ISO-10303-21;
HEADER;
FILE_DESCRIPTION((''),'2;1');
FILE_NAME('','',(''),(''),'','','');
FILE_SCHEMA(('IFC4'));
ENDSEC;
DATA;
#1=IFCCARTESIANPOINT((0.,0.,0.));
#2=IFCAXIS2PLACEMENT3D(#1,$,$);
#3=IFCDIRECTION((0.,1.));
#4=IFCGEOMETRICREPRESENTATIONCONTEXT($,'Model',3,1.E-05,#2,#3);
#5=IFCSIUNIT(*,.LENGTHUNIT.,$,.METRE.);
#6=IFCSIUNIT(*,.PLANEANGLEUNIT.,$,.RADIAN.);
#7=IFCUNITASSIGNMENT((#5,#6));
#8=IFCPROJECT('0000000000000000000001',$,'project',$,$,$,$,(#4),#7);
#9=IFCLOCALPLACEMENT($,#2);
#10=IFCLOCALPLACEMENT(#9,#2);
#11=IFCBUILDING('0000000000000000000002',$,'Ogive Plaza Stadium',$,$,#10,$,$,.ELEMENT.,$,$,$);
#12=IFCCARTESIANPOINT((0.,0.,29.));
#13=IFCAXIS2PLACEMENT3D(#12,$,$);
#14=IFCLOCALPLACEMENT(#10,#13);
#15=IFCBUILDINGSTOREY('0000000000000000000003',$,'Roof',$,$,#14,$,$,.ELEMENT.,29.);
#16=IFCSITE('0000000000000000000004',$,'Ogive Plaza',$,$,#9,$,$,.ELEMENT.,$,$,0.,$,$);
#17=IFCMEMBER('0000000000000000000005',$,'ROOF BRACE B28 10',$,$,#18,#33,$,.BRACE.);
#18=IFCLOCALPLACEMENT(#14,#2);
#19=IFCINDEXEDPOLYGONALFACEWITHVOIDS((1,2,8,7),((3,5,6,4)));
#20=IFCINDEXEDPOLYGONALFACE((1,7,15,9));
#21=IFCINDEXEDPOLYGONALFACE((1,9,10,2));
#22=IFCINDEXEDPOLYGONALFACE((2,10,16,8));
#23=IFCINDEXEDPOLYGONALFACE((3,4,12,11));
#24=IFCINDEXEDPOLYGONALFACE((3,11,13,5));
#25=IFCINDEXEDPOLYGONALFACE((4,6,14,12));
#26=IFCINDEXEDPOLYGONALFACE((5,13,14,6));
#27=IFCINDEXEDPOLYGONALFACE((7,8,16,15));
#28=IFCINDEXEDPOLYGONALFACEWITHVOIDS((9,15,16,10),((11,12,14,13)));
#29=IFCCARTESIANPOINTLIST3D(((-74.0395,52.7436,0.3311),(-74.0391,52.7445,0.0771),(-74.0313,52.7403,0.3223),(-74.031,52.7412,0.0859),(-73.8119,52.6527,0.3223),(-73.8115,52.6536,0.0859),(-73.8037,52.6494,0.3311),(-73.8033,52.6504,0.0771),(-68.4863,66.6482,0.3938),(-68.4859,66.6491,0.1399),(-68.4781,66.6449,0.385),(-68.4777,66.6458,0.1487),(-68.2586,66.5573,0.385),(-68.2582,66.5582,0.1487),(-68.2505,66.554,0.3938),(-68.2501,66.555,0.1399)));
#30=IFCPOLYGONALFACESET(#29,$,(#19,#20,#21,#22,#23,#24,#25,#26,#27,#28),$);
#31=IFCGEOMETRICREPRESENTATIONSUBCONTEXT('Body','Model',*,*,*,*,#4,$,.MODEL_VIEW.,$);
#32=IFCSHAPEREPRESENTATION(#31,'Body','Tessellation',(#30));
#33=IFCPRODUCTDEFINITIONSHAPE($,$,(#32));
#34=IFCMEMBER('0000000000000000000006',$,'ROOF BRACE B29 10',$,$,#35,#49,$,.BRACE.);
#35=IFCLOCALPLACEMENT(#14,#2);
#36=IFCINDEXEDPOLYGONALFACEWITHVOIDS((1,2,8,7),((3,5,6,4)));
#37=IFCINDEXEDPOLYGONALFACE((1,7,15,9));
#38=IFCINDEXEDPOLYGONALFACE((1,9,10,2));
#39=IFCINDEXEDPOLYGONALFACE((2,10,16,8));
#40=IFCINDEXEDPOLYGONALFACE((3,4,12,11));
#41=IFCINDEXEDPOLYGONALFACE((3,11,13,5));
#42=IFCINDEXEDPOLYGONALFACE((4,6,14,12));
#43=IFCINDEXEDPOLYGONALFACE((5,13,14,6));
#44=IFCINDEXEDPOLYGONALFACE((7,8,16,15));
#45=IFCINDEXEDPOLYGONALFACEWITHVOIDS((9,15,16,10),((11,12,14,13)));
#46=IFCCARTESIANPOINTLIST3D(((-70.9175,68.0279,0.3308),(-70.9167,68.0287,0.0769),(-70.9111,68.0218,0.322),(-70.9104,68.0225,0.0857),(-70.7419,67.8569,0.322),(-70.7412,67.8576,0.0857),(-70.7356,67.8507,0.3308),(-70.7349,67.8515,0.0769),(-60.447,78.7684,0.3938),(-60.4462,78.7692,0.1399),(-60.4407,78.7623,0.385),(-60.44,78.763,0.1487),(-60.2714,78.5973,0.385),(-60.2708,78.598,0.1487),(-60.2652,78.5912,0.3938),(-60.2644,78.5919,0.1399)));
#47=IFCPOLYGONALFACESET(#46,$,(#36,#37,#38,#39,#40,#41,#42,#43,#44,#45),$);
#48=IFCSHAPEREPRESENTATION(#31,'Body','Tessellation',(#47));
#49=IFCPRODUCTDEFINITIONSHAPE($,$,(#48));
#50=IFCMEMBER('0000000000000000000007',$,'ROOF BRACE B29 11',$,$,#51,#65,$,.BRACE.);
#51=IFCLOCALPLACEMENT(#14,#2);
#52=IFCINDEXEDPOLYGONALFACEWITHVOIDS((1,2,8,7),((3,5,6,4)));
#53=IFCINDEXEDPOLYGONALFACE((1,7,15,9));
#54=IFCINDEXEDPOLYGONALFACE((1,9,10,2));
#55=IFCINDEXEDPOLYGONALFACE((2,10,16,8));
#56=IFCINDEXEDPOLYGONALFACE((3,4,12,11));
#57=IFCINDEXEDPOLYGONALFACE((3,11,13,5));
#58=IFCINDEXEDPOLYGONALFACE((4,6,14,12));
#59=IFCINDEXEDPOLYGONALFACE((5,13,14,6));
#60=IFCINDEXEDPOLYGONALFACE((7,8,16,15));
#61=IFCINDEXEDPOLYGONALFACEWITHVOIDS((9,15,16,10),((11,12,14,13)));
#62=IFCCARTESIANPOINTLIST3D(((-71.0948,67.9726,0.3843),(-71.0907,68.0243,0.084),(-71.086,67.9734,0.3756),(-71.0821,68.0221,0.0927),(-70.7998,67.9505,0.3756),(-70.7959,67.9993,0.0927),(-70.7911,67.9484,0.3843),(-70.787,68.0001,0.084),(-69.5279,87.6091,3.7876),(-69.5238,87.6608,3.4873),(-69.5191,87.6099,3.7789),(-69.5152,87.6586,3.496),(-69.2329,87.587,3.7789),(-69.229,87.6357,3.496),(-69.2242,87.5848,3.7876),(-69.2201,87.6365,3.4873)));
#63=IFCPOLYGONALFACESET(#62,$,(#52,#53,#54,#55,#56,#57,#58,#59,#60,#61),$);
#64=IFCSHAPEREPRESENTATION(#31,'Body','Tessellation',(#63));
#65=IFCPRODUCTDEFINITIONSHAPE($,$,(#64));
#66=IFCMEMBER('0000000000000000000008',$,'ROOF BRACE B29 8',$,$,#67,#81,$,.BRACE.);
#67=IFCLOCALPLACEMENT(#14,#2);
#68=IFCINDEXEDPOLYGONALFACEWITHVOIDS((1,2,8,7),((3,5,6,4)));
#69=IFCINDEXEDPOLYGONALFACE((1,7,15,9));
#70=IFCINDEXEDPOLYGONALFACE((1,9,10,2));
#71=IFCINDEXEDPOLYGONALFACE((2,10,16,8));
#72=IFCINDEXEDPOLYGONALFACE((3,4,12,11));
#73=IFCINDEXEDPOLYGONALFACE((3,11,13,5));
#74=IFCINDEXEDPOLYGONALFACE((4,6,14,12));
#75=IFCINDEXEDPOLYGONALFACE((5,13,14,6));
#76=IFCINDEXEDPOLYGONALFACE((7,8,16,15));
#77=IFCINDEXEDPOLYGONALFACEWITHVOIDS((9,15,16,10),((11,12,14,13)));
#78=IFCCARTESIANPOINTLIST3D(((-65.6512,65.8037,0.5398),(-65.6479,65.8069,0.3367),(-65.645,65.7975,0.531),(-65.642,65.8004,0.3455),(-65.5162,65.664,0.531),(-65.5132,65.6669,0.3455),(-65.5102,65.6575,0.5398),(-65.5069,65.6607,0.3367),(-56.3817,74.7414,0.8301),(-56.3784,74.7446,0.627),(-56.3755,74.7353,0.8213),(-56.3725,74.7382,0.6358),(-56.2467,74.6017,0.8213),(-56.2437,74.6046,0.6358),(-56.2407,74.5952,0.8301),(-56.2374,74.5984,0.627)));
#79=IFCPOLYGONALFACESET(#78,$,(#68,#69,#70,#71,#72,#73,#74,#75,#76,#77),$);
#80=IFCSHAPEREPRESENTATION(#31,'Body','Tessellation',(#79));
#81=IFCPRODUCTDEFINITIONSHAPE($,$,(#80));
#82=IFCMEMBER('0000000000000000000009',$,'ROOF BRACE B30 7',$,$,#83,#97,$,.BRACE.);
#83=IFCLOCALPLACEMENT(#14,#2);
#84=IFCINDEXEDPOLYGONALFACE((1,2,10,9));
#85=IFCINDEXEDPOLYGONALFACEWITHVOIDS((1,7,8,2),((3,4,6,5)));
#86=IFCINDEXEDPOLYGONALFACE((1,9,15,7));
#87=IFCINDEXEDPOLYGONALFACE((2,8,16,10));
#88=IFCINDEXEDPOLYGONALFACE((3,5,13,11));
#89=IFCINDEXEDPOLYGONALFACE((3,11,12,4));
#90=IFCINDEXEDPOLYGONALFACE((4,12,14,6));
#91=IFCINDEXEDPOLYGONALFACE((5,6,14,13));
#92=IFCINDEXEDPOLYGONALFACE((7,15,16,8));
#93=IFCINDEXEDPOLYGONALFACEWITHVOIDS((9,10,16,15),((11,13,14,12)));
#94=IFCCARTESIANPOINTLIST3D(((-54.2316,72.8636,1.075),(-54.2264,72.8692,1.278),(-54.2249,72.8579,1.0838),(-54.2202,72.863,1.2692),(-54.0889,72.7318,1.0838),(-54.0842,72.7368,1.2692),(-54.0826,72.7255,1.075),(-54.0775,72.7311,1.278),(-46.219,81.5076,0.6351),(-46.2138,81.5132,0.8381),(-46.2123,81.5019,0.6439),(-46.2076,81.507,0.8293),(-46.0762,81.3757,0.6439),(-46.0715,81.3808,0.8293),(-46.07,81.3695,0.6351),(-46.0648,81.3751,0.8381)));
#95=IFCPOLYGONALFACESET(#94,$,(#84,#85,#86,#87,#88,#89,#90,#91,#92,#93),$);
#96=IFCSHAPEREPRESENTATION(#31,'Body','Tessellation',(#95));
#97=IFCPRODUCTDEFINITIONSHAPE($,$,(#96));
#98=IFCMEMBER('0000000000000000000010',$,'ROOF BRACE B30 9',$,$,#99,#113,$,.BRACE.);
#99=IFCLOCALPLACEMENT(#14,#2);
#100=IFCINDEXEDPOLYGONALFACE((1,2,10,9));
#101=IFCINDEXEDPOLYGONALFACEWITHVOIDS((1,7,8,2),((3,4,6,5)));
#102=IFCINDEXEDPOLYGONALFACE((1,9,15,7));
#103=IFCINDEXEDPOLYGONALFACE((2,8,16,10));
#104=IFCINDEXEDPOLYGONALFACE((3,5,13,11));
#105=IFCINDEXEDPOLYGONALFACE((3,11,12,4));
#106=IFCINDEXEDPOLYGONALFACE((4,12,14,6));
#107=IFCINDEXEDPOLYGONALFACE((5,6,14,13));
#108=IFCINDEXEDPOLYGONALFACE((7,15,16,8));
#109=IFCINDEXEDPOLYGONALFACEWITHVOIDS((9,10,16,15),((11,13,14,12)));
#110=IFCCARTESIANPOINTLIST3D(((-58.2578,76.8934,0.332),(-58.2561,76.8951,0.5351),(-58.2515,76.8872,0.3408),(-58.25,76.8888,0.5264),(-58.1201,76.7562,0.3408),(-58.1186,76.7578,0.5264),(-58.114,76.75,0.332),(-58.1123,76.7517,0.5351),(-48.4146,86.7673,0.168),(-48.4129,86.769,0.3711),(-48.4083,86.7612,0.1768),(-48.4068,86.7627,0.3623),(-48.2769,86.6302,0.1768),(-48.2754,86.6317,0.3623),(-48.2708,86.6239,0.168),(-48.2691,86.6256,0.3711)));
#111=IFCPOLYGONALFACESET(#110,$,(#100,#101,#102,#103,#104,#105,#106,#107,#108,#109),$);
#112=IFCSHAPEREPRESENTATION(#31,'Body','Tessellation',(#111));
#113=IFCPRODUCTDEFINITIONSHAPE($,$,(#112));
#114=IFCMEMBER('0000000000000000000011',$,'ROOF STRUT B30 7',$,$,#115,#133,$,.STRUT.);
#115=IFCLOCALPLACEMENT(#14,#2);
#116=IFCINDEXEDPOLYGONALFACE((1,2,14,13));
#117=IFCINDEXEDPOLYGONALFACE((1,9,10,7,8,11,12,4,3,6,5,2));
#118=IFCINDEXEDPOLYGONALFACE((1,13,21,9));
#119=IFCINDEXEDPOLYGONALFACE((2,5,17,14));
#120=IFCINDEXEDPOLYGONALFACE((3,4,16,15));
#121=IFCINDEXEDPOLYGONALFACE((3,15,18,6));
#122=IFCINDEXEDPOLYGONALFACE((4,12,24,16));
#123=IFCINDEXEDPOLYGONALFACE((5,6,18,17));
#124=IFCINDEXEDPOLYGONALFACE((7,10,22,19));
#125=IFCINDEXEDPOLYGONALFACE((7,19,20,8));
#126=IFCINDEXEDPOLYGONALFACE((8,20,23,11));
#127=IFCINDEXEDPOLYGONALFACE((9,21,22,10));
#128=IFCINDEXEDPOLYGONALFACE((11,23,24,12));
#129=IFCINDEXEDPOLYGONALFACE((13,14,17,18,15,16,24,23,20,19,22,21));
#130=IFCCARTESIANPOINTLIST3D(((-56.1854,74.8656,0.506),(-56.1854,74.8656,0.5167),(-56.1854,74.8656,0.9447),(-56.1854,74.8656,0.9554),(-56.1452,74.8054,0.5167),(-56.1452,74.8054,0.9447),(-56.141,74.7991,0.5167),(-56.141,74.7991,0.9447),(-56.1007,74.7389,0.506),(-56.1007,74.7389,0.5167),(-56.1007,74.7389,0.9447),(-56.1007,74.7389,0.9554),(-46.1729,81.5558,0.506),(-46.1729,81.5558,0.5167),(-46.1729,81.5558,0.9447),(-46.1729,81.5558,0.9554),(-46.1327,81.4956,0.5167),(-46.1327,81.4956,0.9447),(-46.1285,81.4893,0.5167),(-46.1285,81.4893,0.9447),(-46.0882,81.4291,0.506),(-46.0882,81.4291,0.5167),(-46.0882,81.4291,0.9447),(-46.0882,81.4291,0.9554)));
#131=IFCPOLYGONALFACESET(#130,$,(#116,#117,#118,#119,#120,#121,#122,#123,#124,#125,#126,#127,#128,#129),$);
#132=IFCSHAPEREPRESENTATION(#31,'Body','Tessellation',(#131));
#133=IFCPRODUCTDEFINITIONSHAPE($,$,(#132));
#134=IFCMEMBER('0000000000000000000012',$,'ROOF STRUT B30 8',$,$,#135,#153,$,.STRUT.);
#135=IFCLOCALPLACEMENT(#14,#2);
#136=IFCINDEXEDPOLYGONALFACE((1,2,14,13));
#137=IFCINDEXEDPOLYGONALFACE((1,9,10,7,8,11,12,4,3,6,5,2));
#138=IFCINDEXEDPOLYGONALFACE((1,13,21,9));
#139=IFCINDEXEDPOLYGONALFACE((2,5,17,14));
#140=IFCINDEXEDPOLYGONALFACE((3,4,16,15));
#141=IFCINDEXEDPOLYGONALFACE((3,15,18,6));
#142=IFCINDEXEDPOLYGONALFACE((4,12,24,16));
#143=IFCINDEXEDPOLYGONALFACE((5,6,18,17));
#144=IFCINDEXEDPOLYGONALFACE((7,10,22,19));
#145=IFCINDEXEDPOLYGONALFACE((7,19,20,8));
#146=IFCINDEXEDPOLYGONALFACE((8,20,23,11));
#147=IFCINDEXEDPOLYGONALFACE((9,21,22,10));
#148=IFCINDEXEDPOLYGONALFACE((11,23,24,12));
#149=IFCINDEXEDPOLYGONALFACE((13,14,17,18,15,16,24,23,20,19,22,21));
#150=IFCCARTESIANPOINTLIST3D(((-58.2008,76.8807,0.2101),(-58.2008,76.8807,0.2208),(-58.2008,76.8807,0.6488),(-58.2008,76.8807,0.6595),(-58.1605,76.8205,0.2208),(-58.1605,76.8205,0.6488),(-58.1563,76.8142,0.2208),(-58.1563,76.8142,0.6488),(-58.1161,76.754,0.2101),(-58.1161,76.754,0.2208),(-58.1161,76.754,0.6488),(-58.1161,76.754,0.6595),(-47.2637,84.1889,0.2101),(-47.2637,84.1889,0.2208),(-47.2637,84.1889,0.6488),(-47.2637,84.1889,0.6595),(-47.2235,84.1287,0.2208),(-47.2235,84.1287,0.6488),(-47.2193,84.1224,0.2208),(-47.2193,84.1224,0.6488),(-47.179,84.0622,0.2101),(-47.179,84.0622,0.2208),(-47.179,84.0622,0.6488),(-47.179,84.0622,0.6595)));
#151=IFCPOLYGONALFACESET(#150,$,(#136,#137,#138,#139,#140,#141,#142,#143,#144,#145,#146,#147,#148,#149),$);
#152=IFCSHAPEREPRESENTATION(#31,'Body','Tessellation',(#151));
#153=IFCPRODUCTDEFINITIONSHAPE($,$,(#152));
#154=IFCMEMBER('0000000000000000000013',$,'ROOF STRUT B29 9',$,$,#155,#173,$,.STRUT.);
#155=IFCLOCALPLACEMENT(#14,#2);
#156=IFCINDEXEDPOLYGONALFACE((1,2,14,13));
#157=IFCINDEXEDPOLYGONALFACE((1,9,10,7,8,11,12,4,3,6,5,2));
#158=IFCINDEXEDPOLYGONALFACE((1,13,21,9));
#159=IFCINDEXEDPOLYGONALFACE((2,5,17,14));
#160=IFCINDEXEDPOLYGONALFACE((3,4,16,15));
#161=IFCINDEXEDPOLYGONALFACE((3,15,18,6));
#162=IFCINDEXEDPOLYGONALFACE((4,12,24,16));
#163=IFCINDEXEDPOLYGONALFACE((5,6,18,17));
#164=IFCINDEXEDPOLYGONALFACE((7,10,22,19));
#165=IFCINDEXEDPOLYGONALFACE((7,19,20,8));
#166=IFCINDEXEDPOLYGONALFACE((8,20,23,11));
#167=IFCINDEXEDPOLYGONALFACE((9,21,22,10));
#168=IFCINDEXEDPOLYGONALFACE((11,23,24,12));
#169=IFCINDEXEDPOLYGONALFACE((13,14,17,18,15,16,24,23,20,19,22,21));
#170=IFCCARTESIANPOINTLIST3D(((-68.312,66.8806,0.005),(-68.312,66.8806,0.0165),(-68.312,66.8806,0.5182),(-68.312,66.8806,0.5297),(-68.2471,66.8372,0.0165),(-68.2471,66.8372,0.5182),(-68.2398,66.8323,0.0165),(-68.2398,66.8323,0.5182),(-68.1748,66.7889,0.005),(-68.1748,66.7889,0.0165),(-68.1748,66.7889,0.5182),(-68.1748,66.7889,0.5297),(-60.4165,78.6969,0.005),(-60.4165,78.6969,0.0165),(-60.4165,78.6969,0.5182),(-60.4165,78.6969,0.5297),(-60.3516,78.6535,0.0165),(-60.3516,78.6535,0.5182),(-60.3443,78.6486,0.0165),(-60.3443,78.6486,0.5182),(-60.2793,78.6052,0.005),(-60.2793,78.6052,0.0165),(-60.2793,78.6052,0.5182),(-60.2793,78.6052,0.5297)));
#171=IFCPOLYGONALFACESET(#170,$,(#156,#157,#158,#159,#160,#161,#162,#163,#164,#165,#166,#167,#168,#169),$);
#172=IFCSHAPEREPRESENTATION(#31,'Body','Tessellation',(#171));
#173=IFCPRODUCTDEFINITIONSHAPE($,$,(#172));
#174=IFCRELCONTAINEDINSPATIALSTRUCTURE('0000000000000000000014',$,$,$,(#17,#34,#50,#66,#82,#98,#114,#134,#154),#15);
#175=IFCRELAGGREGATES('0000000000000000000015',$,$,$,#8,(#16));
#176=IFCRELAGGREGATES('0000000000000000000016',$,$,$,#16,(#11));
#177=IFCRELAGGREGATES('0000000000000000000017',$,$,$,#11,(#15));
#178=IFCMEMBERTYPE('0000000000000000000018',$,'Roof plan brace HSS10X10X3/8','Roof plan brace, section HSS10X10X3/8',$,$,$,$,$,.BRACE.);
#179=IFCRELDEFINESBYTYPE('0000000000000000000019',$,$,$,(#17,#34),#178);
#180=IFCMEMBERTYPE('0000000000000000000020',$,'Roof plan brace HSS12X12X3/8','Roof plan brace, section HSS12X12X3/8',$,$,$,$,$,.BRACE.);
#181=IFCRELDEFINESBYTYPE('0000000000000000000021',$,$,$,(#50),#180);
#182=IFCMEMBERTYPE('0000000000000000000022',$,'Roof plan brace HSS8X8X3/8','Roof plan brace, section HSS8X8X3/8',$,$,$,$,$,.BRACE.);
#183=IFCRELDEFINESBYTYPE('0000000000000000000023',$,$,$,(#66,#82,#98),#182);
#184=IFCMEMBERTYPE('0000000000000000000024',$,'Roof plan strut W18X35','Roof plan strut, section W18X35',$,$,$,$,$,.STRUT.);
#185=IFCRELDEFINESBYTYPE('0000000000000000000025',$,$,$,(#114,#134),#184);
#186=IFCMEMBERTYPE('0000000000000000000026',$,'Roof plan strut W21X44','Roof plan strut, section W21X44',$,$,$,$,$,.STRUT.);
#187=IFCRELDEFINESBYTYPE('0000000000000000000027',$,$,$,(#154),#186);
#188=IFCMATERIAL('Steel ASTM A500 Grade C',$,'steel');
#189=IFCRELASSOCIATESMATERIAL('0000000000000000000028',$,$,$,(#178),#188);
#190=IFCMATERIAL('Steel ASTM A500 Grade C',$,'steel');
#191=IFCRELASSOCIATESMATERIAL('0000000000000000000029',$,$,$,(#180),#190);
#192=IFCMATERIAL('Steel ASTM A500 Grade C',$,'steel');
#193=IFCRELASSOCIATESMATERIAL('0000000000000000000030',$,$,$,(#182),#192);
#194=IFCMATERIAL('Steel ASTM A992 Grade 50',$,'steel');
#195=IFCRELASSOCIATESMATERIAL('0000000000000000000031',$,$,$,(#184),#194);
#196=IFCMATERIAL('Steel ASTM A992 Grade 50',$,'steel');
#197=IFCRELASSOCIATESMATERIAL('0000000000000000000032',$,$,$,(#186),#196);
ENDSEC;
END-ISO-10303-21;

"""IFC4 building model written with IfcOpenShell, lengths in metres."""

from ifc_helpers import new_model, si_unit, direction, frame, origin, origin_2d, place, context, subcontext, project, spatial, hollow_rectangle, i_section, extrude, material, material_profile, profile_set, type_object, element, save


model = new_model("IFC4")

# Units and contexts
model_context = context("Model", 3, precision=1e-05, world=origin(), true_north=direction((0.0, 1.0)))
body_context = subcontext(model_context, "Body", "Model", "MODEL_VIEW")
ifc_project = project(units=[si_unit("LENGTHUNIT", "METRE"), si_unit("PLANEANGLEUNIT", "RADIAN")], contexts=[model_context])

# Site, building, storey
site_placement = place(None, origin())
site = spatial("IfcSite", under=ifc_project, at=site_placement, Name="Ogive Plaza", CompositionType="ELEMENT", RefElevation=0.0)
building_placement = place(site_placement, origin())
building = spatial("IfcBuilding", under=site, at=building_placement, Name="Ogive Plaza Stadium", CompositionType="ELEMENT")
storey_placement = place(building_placement, frame((0.0, 0.0, 29.0)))
storey = spatial("IfcBuildingStorey", under=building, at=storey_placement, Name="Roof", CompositionType="ELEMENT", Elevation=29.0)

# Members
ifc_material_1 = material(Name="Steel ASTM A500 Grade C", Category="steel")
ifc_material_profile_1 = material_profile(ifc_material_1, hollow_rectangle(XDim=0.2539, YDim=0.2539, WallThickness=0.0088, at=origin_2d()), Name="HSS10X10X3/8")
ifc_profile_set_1 = profile_set([ifc_material_profile_1], Name="Steel ASTM A500 Grade C")
member_type_1 = type_object("IfcMemberType", Name="Roof plan brace HSS10X10X3/8", Description="Roof plan brace, section HSS10X10X3/8", PredefinedType="BRACE", material=ifc_profile_set_1)
member_1_placement = place(storey_placement, frame((-68.3682, 66.6016, 0.2668), z_axis=(-0.370893, -0.928666, -0.004191), x_axis=(0.928674, -0.370896, 0.0)))
element("IfcMember", 1, at=member_1_placement, inside=storey, type_object=member_type_1, Name="ROOF BRACE B28 10", PredefinedType="BRACE", context=body_context, shape_type="SweptSolid", body=[
    extrude(hollow_rectangle(XDim=0.2539, YDim=0.2539, WallThickness=0.0088, at=origin_2d()), origin(), (0.0, 0.0, 1.0), 14.9727),
])
member_2_placement = place(storey_placement, frame((-60.3557, 78.6802, 0.2668), z_axis=(-0.698042, -0.716044, -0.004199), x_axis=(0.71605, -0.698049, 0.0)))
element("IfcMember", 2, at=member_2_placement, inside=storey, type_object=member_type_1, Name="ROOF BRACE B29 10", PredefinedType="BRACE", context=body_context, shape_type="SweptSolid", body=[
    extrude(hollow_rectangle(XDim=0.2539, YDim=0.2539, WallThickness=0.0088, at=origin_2d()), origin(), (0.0, 0.0, 1.0), 14.9998),
])
ifc_material_2 = material(Name="Steel ASTM A500 Grade C", Category="steel")
ifc_material_profile_2 = material_profile(ifc_material_2, hollow_rectangle(XDim=0.3047, YDim=0.3047, WallThickness=0.0088, at=origin_2d()), Name="HSS12X12X3/8")
ifc_profile_set_2 = profile_set([ifc_material_profile_2], Name="Steel ASTM A500 Grade C")
member_type_2 = type_object("IfcMemberType", Name="Roof plan brace HSS12X12X3/8", Description="Roof plan brace, section HSS12X12X3/8", PredefinedType="BRACE", material=ifc_profile_set_2)
member_3_placement = place(storey_placement, frame((-70.9409, 67.9863, 0.2341), z_axis=(0.078381, 0.98228, 0.170245), x_axis=(-0.996831, 0.079542, 0.0)))
element("IfcMember", 3, at=member_3_placement, inside=storey, type_object=member_type_2, Name="ROOF BRACE B29 11", PredefinedType="BRACE", context=body_context, shape_type="SweptSolid", body=[
    extrude(hollow_rectangle(XDim=0.3047, YDim=0.3047, WallThickness=0.0088, at=origin_2d()), origin(), (0.0, 0.0, 1.0), 19.9907),
])
ifc_material_3 = material(Name="Steel ASTM A500 Grade C", Category="steel")
ifc_material_profile_3 = material_profile(ifc_material_3, hollow_rectangle(XDim=0.2031, YDim=0.2031, WallThickness=0.0088, at=origin_2d()), Name="HSS8X8X3/8")
ifc_profile_set_3 = profile_set([ifc_material_profile_3], Name="Steel ASTM A500 Grade C")
member_type_3 = type_object("IfcMemberType", Name="Roof plan brace HSS8X8X3/8", Description="Roof plan brace, section HSS8X8X3/8", PredefinedType="BRACE", material=ifc_profile_set_3)
member_4_placement = place(storey_placement, frame((-56.3096, 74.6699, 0.7285), z_axis=(-0.71969, -0.69393, -0.022538), x_axis=(0.694106, -0.719873, 0.0)))
element("IfcMember", 4, at=member_4_placement, inside=storey, type_object=member_type_3, Name="ROOF BRACE B29 8", PredefinedType="BRACE", context=body_context, shape_type="SweptSolid", body=[
    extrude(hollow_rectangle(XDim=0.2031, YDim=0.2031, WallThickness=0.0088, at=origin_2d()), origin(), (0.0, 0.0, 1.0), 12.8799),
])
member_5_placement = place(storey_placement, frame((-54.1545, 72.7974, 1.1765), z_axis=(0.679344, 0.732872, -0.0373), x_axis=(-0.733382, 0.679817, 0.0)))
element("IfcMember", 5, at=member_5_placement, inside=storey, type_object=member_type_3, Name="ROOF BRACE B30 7", PredefinedType="BRACE", context=body_context, shape_type="SweptSolid", body=[
    extrude(hollow_rectangle(XDim=0.2031, YDim=0.2031, WallThickness=0.0088, at=origin_2d()), origin(), (0.0, 0.0, 1.0), 11.7947),
])
member_6_placement = place(storey_placement, frame((-58.1851, 76.8225, 0.4336), z_axis=(0.705954, 0.70816, -0.011766), x_axis=(-0.708209, 0.706003, 0.0)))
element("IfcMember", 6, at=member_6_placement, inside=storey, type_object=member_type_3, Name="ROOF BRACE B30 9", PredefinedType="BRACE", context=body_context, shape_type="SweptSolid", body=[
    extrude(hollow_rectangle(XDim=0.2031, YDim=0.2031, WallThickness=0.0088, at=origin_2d()), origin(), (0.0, 0.0, 1.0), 13.9431),
])
ifc_material_4 = material(Name="Steel ASTM A992 Grade 50", Category="steel")
ifc_material_profile_4 = material_profile(ifc_material_4, i_section(OverallWidth=0.1523, OverallDepth=0.4495, WebThickness=0.0076, FlangeThickness=0.0107, at=origin_2d()), Name="W18X35")
ifc_profile_set_4 = profile_set([ifc_material_profile_4], Name="Steel ASTM A992 Grade 50")
member_type_4 = type_object("IfcMemberType", Name="Roof plan strut W18X35", Description="Roof plan strut, section W18X35", PredefinedType="STRUT", material=ifc_profile_set_4)
member_7_placement = place(storey_placement, frame((-56.1431, 74.8022, 0.7307), z_axis=(0.831467, 0.555575, 0.0), x_axis=(-0.555575, 0.831467, 0.0)))
element("IfcMember", 7, at=member_7_placement, inside=storey, type_object=member_type_4, Name="ROOF STRUT B30 7", PredefinedType="STRUT", context=body_context, shape_type="SweptSolid", body=[
    extrude(i_section(OverallWidth=0.1523, OverallDepth=0.4495, WebThickness=0.0076, FlangeThickness=0.0107, at=origin_2d()), origin(), (0.0, 0.0, 1.0), 12.042),
])
member_8_placement = place(storey_placement, frame((-58.1584, 76.8174, 0.4348), z_axis=(0.831462, 0.555582, 0.0), x_axis=(-0.555582, 0.831462, 0.0)))
element("IfcMember", 8, at=member_8_placement, inside=storey, type_object=member_type_4, Name="ROOF STRUT B30 8", PredefinedType="STRUT", context=body_context, shape_type="SweptSolid", body=[
    extrude(i_section(OverallWidth=0.1523, OverallDepth=0.4495, WebThickness=0.0076, FlangeThickness=0.0107, at=origin_2d()), origin(), (0.0, 0.0, 1.0), 13.1541),
])
ifc_material_5 = material(Name="Steel ASTM A992 Grade 50", Category="steel")
ifc_material_profile_5 = material_profile(ifc_material_5, i_section(OverallWidth=0.165, OverallDepth=0.5247, WebThickness=0.0088, FlangeThickness=0.0115, at=origin_2d()), Name="W21X44")
ifc_profile_set_5 = profile_set([ifc_material_profile_5], Name="Steel ASTM A992 Grade 50")
member_type_5 = type_object("IfcMemberType", Name="Roof plan strut W21X44", Description="Roof plan strut, section W21X44", PredefinedType="STRUT", material=ifc_profile_set_5)
member_9_placement = place(storey_placement, frame((-68.2434, 66.8347, 0.2673), z_axis=(0.555572, 0.831468, 0.0), x_axis=(-0.831468, 0.555572, 0.0)))
element("IfcMember", 9, at=member_9_placement, inside=storey, type_object=member_type_5, Name="ROOF STRUT B29 9", PredefinedType="STRUT", context=body_context, shape_type="SweptSolid", body=[
    extrude(i_section(OverallWidth=0.165, OverallDepth=0.5247, WebThickness=0.0088, FlangeThickness=0.0115, at=origin_2d()), origin(), (0.0, 0.0, 1.0), 14.2114),
])

save(model, "model.ifc")
